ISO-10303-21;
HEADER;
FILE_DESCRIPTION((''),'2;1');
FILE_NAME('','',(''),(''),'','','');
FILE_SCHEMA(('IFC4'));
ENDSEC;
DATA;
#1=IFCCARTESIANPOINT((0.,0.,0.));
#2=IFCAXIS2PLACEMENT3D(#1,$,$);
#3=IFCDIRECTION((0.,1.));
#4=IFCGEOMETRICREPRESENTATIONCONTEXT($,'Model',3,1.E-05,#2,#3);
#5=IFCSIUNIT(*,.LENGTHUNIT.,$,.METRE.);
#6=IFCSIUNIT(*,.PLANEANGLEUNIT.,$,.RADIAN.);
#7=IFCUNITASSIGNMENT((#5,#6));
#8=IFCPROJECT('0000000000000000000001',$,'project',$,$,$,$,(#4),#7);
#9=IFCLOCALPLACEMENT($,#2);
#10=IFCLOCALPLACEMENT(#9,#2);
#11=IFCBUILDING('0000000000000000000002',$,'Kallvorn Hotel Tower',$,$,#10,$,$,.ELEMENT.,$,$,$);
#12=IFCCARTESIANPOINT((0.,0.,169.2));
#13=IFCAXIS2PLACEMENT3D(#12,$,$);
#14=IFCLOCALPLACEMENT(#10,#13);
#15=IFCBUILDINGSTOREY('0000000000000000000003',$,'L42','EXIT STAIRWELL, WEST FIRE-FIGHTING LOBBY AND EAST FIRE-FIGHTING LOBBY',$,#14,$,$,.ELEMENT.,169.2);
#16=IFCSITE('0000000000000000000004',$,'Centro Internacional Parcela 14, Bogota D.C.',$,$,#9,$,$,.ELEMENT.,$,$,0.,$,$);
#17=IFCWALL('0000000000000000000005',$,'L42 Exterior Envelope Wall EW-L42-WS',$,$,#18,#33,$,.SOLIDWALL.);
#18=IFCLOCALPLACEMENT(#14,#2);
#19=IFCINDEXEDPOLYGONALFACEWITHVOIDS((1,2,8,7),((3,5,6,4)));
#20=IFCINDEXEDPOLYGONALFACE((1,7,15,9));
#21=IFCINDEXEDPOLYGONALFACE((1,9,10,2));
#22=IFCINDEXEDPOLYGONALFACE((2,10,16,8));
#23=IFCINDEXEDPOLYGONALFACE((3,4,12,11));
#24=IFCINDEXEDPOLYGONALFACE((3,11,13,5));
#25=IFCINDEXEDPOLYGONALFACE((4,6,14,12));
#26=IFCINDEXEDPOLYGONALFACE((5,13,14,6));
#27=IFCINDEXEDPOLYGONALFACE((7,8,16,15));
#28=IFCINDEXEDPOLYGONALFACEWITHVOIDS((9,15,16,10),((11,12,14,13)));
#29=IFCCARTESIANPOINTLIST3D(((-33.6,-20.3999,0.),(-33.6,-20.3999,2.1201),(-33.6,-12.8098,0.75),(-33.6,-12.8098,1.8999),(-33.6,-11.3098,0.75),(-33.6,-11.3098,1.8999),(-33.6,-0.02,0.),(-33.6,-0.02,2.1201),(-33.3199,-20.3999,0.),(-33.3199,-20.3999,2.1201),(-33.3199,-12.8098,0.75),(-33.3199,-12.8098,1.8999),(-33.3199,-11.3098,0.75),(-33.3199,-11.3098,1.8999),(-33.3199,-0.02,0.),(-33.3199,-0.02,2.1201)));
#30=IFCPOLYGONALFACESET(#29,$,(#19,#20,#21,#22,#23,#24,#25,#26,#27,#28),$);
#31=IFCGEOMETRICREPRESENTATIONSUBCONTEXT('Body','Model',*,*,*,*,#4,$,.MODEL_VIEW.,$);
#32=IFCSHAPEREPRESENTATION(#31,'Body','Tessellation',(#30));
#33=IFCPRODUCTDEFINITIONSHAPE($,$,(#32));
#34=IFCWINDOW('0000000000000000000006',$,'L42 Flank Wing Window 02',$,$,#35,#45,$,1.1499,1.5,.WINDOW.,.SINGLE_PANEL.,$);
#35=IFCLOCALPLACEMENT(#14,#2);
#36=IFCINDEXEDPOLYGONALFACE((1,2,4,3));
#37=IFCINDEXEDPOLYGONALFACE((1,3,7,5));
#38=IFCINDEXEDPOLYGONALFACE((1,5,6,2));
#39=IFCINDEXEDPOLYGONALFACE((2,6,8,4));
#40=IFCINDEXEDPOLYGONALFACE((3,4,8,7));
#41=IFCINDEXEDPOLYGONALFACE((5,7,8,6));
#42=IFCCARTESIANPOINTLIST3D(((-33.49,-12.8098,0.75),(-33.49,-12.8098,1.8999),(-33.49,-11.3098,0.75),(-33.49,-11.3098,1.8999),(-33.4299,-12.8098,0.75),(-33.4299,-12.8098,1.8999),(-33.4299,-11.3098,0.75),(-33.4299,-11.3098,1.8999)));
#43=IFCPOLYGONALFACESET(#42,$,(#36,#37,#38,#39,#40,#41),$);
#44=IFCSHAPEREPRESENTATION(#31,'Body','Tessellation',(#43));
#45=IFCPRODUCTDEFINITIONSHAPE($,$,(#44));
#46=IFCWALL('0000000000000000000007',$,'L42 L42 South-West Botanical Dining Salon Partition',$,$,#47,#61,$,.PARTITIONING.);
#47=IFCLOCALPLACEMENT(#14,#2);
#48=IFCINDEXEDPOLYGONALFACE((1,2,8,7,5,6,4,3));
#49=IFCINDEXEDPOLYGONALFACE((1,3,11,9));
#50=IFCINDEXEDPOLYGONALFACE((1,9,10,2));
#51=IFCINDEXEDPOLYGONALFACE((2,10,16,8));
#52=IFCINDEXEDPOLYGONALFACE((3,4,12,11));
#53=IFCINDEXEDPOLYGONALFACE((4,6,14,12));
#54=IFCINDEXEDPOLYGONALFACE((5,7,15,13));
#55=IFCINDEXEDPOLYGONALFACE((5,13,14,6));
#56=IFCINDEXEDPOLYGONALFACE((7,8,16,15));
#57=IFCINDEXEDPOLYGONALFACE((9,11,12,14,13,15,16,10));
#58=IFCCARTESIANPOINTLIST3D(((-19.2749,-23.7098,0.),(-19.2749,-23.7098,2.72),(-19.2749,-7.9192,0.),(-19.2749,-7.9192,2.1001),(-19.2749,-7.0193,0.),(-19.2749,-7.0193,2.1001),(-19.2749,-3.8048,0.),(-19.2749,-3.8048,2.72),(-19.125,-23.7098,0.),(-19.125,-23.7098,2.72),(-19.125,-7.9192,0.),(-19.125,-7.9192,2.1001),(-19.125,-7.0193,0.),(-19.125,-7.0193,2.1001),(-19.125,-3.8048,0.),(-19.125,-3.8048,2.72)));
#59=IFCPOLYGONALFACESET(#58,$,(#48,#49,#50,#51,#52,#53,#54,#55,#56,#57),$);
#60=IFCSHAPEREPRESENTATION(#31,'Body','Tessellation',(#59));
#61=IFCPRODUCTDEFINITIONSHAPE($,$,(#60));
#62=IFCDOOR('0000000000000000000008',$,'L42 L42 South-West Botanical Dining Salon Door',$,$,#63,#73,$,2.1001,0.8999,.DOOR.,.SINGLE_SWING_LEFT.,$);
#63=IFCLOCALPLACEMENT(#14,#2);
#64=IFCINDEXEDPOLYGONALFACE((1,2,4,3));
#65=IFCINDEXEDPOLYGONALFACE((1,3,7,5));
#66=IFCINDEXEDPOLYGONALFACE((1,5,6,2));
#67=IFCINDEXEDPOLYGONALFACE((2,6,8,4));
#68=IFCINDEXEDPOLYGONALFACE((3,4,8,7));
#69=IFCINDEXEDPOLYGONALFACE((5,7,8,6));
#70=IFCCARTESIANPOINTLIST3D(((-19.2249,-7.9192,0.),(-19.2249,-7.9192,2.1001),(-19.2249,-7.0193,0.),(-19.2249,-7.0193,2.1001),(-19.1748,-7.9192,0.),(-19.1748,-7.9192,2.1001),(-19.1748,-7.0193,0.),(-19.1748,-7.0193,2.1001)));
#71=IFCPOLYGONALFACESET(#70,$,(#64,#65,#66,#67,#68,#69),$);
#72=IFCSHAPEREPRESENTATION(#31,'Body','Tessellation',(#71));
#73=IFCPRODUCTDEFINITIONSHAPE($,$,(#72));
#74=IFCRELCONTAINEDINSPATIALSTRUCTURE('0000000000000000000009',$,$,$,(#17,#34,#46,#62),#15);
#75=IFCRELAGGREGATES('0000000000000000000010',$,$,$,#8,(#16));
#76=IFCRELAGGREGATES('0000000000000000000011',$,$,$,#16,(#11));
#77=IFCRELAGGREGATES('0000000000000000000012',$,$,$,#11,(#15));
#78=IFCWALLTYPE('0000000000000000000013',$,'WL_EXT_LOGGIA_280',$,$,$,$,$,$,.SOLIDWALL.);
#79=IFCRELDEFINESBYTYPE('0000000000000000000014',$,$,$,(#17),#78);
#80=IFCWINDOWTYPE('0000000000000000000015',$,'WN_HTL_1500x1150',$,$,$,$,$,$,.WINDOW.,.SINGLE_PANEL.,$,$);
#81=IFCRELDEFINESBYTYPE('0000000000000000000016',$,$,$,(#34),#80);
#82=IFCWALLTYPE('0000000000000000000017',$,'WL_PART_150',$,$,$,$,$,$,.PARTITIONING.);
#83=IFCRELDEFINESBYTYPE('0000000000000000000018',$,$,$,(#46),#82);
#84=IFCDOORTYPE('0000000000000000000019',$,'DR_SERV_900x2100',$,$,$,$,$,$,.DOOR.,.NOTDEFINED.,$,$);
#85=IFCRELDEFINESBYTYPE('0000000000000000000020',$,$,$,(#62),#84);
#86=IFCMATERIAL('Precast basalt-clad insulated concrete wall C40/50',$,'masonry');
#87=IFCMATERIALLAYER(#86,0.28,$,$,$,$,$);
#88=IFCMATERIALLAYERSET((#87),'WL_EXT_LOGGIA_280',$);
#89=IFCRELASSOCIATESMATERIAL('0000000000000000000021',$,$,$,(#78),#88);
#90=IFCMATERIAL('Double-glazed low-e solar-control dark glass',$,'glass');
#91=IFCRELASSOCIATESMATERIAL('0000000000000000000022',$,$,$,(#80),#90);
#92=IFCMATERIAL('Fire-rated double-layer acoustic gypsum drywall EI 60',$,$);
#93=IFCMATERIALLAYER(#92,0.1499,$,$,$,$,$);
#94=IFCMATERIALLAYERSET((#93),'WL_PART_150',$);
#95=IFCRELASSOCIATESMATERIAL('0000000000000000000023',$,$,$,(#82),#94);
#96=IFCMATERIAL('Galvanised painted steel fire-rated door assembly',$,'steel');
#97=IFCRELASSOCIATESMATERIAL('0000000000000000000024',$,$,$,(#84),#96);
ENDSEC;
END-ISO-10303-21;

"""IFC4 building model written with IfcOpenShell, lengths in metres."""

from ifc_helpers import new_model, si_unit, direction, frame, frame_2d, origin, place, context, subcontext, project, spatial, rectangle, extrude, material, layer, layer_set, type_object, element, fill, save


model = new_model("IFC4")

# Units and contexts
model_context = context("Model", 3, precision=1e-05, world=origin(), true_north=direction((0.0, 1.0)))
body_context = subcontext(model_context, "Body", "Model", "MODEL_VIEW")
ifc_project = project(units=[si_unit("LENGTHUNIT", "METRE"), si_unit("PLANEANGLEUNIT", "RADIAN")], contexts=[model_context])

# Site, building, storey
site_placement = place(None, origin())
site = spatial("IfcSite", under=ifc_project, at=site_placement, Name="Centro Internacional Parcela 14, Bogota D.C.", CompositionType="ELEMENT", RefElevation=0.0)
building_placement = place(site_placement, origin())
building = spatial("IfcBuilding", under=site, at=building_placement, Name="Kallvorn Hotel Tower", CompositionType="ELEMENT")
storey_placement = place(building_placement, frame((0.0, 0.0, 169.2)))
storey = spatial("IfcBuildingStorey", under=building, at=storey_placement, Name="L42", Description="EXIT STAIRWELL, WEST FIRE-FIGHTING LOBBY AND EAST FIRE-FIGHTING LOBBY", CompositionType="ELEMENT", Elevation=169.2)

# Shared definitions
ifc_material_1 = material(Name="Precast basalt-clad insulated concrete wall C40/50", Category="masonry")
ifc_layer_1 = layer(ifc_material_1, 0.28)
ifc_layer_set_1 = layer_set([ifc_layer_1], Name="WL_EXT_LOGGIA_280")
wall_type_1 = type_object("IfcWallType", Name="WL_EXT_LOGGIA_280", PredefinedType="SOLIDWALL", material=ifc_layer_set_1)

# Wall, opening, window
ifc_material_2 = material(Name="Double-glazed low-e solar-control dark glass", Category="glass")
window_type = type_object("IfcWindowType", Name="WN_HTL_1500x1150", PartitioningType="SINGLE_PANEL", PredefinedType="WINDOW", material=ifc_material_2)
wall_1_placement = place(storey_placement, frame((-33.46, -20.3999, 0.0), z_axis=(0.0, 0.0, 1.0), x_axis=(0.0, 1.0, 0.0)))
wall_1 = element("IfcWall", 1, at=wall_1_placement, inside=storey, type_object=wall_type_1, Name="L42 Exterior Envelope Wall EW-L42-WS", PredefinedType="SOLIDWALL", context=body_context, shape_type="SweptSolid", body=[
    extrude(rectangle(XDim=20.3799, YDim=0.28, at=frame_2d((10.1899, 0.0))), origin(), (0.0, 0.0, 1.0), 2.1201),
])
opening_1_placement = place(wall_1_placement, frame((7.5901, 0.0, 0.75)))
opening_1 = element("IfcOpeningElement", 2, at=opening_1_placement, cuts=wall_1, PredefinedType="OPENING", context=body_context, shape_type="SweptSolid", body=[
    extrude(rectangle(XDim=1.5, YDim=1.1499, at=frame_2d((0.75, 0.575))), frame((0.0, 0.155, 0.0), z_axis=(0.0, -1.0, 0.0), x_axis=(1.0, 0.0, 0.0)), (0.0, 0.0, 1.0), 0.3101),
])
window_1_placement = place(opening_1_placement, origin())
window_1 = element("IfcWindow", 3, at=window_1_placement, inside=storey, type_object=window_type, Name="L42 Flank Wing Window 02", OverallHeight=1.1499, OverallWidth=1.5, PartitioningType="SINGLE_PANEL", PredefinedType="WINDOW", context=body_context, shape_type="SweptSolid", body=[
    extrude(rectangle(XDim=1.5, YDim=1.1499, at=frame_2d((0.75, 0.575))), frame((0.0, 0.03, 0.0), z_axis=(0.0, -1.0, 0.0), x_axis=(1.0, 0.0, 0.0)), (0.0, 0.0, 1.0), 0.0601),
])
fill(opening_1, window_1)

# Wall, opening, door
ifc_material_3 = material(Name="Fire-rated double-layer acoustic gypsum drywall EI 60")
ifc_layer_2 = layer(ifc_material_3, 0.1499)
ifc_layer_set_2 = layer_set([ifc_layer_2], Name="WL_PART_150")
wall_type_2 = type_object("IfcWallType", Name="WL_PART_150", PredefinedType="PARTITIONING", material=ifc_layer_set_2)
wall_2_placement = place(storey_placement, frame((-19.2, -23.71, 0.0), z_axis=(0.0, 0.0, 1.0), x_axis=(0.0, 1.0, 0.0)))
wall_2 = element("IfcWall", 4, at=wall_2_placement, inside=storey, type_object=wall_type_2, Name="L42 L42 South-West Botanical Dining Salon Partition", PredefinedType="PARTITIONING", context=body_context, shape_type="SweptSolid", body=[
    extrude(rectangle(XDim=19.905, YDim=0.1499, at=frame_2d((9.9526, 0.0))), origin(), (0.0, 0.0, 1.0), 2.72),
])
opening_2_placement = place(wall_2_placement, frame((15.7908, 0.0, 0.0)))
opening_2 = element("IfcOpeningElement", 5, at=opening_2_placement, cuts=wall_2, PredefinedType="OPENING", context=body_context, shape_type="SweptSolid", body=[
    extrude(rectangle(XDim=0.8999, YDim=2.1001, at=frame_2d((0.45, 1.05))), frame((0.0, 0.0898, 0.0), z_axis=(0.0, -1.0, 0.0), x_axis=(1.0, 0.0, 0.0)), (0.0, 0.0, 1.0), 0.1799),
])
ifc_material_4 = material(Name="Galvanised painted steel fire-rated door assembly", Category="steel")
door_type = type_object("IfcDoorType", Name="DR_SERV_900x2100", OperationType="NOTDEFINED", PredefinedType="DOOR", material=ifc_material_4)
door_placement = place(opening_2_placement, origin())
door = element("IfcDoor", 6, at=door_placement, inside=storey, type_object=door_type, Name="L42 L42 South-West Botanical Dining Salon Door", OperationType="SINGLE_SWING_LEFT", OverallHeight=2.1001, OverallWidth=0.8999, PredefinedType="DOOR", context=body_context, shape_type="SweptSolid", body=[
    extrude(rectangle(XDim=0.8999, YDim=2.1001, at=frame_2d((0.45, 1.05))), frame((0.0, 0.0249, 0.0), z_axis=(0.0, -1.0, 0.0), x_axis=(1.0, 0.0, 0.0)), (0.0, 0.0, 1.0), 0.05),
])
fill(opening_2, door)

save(model, "model.ifc")
